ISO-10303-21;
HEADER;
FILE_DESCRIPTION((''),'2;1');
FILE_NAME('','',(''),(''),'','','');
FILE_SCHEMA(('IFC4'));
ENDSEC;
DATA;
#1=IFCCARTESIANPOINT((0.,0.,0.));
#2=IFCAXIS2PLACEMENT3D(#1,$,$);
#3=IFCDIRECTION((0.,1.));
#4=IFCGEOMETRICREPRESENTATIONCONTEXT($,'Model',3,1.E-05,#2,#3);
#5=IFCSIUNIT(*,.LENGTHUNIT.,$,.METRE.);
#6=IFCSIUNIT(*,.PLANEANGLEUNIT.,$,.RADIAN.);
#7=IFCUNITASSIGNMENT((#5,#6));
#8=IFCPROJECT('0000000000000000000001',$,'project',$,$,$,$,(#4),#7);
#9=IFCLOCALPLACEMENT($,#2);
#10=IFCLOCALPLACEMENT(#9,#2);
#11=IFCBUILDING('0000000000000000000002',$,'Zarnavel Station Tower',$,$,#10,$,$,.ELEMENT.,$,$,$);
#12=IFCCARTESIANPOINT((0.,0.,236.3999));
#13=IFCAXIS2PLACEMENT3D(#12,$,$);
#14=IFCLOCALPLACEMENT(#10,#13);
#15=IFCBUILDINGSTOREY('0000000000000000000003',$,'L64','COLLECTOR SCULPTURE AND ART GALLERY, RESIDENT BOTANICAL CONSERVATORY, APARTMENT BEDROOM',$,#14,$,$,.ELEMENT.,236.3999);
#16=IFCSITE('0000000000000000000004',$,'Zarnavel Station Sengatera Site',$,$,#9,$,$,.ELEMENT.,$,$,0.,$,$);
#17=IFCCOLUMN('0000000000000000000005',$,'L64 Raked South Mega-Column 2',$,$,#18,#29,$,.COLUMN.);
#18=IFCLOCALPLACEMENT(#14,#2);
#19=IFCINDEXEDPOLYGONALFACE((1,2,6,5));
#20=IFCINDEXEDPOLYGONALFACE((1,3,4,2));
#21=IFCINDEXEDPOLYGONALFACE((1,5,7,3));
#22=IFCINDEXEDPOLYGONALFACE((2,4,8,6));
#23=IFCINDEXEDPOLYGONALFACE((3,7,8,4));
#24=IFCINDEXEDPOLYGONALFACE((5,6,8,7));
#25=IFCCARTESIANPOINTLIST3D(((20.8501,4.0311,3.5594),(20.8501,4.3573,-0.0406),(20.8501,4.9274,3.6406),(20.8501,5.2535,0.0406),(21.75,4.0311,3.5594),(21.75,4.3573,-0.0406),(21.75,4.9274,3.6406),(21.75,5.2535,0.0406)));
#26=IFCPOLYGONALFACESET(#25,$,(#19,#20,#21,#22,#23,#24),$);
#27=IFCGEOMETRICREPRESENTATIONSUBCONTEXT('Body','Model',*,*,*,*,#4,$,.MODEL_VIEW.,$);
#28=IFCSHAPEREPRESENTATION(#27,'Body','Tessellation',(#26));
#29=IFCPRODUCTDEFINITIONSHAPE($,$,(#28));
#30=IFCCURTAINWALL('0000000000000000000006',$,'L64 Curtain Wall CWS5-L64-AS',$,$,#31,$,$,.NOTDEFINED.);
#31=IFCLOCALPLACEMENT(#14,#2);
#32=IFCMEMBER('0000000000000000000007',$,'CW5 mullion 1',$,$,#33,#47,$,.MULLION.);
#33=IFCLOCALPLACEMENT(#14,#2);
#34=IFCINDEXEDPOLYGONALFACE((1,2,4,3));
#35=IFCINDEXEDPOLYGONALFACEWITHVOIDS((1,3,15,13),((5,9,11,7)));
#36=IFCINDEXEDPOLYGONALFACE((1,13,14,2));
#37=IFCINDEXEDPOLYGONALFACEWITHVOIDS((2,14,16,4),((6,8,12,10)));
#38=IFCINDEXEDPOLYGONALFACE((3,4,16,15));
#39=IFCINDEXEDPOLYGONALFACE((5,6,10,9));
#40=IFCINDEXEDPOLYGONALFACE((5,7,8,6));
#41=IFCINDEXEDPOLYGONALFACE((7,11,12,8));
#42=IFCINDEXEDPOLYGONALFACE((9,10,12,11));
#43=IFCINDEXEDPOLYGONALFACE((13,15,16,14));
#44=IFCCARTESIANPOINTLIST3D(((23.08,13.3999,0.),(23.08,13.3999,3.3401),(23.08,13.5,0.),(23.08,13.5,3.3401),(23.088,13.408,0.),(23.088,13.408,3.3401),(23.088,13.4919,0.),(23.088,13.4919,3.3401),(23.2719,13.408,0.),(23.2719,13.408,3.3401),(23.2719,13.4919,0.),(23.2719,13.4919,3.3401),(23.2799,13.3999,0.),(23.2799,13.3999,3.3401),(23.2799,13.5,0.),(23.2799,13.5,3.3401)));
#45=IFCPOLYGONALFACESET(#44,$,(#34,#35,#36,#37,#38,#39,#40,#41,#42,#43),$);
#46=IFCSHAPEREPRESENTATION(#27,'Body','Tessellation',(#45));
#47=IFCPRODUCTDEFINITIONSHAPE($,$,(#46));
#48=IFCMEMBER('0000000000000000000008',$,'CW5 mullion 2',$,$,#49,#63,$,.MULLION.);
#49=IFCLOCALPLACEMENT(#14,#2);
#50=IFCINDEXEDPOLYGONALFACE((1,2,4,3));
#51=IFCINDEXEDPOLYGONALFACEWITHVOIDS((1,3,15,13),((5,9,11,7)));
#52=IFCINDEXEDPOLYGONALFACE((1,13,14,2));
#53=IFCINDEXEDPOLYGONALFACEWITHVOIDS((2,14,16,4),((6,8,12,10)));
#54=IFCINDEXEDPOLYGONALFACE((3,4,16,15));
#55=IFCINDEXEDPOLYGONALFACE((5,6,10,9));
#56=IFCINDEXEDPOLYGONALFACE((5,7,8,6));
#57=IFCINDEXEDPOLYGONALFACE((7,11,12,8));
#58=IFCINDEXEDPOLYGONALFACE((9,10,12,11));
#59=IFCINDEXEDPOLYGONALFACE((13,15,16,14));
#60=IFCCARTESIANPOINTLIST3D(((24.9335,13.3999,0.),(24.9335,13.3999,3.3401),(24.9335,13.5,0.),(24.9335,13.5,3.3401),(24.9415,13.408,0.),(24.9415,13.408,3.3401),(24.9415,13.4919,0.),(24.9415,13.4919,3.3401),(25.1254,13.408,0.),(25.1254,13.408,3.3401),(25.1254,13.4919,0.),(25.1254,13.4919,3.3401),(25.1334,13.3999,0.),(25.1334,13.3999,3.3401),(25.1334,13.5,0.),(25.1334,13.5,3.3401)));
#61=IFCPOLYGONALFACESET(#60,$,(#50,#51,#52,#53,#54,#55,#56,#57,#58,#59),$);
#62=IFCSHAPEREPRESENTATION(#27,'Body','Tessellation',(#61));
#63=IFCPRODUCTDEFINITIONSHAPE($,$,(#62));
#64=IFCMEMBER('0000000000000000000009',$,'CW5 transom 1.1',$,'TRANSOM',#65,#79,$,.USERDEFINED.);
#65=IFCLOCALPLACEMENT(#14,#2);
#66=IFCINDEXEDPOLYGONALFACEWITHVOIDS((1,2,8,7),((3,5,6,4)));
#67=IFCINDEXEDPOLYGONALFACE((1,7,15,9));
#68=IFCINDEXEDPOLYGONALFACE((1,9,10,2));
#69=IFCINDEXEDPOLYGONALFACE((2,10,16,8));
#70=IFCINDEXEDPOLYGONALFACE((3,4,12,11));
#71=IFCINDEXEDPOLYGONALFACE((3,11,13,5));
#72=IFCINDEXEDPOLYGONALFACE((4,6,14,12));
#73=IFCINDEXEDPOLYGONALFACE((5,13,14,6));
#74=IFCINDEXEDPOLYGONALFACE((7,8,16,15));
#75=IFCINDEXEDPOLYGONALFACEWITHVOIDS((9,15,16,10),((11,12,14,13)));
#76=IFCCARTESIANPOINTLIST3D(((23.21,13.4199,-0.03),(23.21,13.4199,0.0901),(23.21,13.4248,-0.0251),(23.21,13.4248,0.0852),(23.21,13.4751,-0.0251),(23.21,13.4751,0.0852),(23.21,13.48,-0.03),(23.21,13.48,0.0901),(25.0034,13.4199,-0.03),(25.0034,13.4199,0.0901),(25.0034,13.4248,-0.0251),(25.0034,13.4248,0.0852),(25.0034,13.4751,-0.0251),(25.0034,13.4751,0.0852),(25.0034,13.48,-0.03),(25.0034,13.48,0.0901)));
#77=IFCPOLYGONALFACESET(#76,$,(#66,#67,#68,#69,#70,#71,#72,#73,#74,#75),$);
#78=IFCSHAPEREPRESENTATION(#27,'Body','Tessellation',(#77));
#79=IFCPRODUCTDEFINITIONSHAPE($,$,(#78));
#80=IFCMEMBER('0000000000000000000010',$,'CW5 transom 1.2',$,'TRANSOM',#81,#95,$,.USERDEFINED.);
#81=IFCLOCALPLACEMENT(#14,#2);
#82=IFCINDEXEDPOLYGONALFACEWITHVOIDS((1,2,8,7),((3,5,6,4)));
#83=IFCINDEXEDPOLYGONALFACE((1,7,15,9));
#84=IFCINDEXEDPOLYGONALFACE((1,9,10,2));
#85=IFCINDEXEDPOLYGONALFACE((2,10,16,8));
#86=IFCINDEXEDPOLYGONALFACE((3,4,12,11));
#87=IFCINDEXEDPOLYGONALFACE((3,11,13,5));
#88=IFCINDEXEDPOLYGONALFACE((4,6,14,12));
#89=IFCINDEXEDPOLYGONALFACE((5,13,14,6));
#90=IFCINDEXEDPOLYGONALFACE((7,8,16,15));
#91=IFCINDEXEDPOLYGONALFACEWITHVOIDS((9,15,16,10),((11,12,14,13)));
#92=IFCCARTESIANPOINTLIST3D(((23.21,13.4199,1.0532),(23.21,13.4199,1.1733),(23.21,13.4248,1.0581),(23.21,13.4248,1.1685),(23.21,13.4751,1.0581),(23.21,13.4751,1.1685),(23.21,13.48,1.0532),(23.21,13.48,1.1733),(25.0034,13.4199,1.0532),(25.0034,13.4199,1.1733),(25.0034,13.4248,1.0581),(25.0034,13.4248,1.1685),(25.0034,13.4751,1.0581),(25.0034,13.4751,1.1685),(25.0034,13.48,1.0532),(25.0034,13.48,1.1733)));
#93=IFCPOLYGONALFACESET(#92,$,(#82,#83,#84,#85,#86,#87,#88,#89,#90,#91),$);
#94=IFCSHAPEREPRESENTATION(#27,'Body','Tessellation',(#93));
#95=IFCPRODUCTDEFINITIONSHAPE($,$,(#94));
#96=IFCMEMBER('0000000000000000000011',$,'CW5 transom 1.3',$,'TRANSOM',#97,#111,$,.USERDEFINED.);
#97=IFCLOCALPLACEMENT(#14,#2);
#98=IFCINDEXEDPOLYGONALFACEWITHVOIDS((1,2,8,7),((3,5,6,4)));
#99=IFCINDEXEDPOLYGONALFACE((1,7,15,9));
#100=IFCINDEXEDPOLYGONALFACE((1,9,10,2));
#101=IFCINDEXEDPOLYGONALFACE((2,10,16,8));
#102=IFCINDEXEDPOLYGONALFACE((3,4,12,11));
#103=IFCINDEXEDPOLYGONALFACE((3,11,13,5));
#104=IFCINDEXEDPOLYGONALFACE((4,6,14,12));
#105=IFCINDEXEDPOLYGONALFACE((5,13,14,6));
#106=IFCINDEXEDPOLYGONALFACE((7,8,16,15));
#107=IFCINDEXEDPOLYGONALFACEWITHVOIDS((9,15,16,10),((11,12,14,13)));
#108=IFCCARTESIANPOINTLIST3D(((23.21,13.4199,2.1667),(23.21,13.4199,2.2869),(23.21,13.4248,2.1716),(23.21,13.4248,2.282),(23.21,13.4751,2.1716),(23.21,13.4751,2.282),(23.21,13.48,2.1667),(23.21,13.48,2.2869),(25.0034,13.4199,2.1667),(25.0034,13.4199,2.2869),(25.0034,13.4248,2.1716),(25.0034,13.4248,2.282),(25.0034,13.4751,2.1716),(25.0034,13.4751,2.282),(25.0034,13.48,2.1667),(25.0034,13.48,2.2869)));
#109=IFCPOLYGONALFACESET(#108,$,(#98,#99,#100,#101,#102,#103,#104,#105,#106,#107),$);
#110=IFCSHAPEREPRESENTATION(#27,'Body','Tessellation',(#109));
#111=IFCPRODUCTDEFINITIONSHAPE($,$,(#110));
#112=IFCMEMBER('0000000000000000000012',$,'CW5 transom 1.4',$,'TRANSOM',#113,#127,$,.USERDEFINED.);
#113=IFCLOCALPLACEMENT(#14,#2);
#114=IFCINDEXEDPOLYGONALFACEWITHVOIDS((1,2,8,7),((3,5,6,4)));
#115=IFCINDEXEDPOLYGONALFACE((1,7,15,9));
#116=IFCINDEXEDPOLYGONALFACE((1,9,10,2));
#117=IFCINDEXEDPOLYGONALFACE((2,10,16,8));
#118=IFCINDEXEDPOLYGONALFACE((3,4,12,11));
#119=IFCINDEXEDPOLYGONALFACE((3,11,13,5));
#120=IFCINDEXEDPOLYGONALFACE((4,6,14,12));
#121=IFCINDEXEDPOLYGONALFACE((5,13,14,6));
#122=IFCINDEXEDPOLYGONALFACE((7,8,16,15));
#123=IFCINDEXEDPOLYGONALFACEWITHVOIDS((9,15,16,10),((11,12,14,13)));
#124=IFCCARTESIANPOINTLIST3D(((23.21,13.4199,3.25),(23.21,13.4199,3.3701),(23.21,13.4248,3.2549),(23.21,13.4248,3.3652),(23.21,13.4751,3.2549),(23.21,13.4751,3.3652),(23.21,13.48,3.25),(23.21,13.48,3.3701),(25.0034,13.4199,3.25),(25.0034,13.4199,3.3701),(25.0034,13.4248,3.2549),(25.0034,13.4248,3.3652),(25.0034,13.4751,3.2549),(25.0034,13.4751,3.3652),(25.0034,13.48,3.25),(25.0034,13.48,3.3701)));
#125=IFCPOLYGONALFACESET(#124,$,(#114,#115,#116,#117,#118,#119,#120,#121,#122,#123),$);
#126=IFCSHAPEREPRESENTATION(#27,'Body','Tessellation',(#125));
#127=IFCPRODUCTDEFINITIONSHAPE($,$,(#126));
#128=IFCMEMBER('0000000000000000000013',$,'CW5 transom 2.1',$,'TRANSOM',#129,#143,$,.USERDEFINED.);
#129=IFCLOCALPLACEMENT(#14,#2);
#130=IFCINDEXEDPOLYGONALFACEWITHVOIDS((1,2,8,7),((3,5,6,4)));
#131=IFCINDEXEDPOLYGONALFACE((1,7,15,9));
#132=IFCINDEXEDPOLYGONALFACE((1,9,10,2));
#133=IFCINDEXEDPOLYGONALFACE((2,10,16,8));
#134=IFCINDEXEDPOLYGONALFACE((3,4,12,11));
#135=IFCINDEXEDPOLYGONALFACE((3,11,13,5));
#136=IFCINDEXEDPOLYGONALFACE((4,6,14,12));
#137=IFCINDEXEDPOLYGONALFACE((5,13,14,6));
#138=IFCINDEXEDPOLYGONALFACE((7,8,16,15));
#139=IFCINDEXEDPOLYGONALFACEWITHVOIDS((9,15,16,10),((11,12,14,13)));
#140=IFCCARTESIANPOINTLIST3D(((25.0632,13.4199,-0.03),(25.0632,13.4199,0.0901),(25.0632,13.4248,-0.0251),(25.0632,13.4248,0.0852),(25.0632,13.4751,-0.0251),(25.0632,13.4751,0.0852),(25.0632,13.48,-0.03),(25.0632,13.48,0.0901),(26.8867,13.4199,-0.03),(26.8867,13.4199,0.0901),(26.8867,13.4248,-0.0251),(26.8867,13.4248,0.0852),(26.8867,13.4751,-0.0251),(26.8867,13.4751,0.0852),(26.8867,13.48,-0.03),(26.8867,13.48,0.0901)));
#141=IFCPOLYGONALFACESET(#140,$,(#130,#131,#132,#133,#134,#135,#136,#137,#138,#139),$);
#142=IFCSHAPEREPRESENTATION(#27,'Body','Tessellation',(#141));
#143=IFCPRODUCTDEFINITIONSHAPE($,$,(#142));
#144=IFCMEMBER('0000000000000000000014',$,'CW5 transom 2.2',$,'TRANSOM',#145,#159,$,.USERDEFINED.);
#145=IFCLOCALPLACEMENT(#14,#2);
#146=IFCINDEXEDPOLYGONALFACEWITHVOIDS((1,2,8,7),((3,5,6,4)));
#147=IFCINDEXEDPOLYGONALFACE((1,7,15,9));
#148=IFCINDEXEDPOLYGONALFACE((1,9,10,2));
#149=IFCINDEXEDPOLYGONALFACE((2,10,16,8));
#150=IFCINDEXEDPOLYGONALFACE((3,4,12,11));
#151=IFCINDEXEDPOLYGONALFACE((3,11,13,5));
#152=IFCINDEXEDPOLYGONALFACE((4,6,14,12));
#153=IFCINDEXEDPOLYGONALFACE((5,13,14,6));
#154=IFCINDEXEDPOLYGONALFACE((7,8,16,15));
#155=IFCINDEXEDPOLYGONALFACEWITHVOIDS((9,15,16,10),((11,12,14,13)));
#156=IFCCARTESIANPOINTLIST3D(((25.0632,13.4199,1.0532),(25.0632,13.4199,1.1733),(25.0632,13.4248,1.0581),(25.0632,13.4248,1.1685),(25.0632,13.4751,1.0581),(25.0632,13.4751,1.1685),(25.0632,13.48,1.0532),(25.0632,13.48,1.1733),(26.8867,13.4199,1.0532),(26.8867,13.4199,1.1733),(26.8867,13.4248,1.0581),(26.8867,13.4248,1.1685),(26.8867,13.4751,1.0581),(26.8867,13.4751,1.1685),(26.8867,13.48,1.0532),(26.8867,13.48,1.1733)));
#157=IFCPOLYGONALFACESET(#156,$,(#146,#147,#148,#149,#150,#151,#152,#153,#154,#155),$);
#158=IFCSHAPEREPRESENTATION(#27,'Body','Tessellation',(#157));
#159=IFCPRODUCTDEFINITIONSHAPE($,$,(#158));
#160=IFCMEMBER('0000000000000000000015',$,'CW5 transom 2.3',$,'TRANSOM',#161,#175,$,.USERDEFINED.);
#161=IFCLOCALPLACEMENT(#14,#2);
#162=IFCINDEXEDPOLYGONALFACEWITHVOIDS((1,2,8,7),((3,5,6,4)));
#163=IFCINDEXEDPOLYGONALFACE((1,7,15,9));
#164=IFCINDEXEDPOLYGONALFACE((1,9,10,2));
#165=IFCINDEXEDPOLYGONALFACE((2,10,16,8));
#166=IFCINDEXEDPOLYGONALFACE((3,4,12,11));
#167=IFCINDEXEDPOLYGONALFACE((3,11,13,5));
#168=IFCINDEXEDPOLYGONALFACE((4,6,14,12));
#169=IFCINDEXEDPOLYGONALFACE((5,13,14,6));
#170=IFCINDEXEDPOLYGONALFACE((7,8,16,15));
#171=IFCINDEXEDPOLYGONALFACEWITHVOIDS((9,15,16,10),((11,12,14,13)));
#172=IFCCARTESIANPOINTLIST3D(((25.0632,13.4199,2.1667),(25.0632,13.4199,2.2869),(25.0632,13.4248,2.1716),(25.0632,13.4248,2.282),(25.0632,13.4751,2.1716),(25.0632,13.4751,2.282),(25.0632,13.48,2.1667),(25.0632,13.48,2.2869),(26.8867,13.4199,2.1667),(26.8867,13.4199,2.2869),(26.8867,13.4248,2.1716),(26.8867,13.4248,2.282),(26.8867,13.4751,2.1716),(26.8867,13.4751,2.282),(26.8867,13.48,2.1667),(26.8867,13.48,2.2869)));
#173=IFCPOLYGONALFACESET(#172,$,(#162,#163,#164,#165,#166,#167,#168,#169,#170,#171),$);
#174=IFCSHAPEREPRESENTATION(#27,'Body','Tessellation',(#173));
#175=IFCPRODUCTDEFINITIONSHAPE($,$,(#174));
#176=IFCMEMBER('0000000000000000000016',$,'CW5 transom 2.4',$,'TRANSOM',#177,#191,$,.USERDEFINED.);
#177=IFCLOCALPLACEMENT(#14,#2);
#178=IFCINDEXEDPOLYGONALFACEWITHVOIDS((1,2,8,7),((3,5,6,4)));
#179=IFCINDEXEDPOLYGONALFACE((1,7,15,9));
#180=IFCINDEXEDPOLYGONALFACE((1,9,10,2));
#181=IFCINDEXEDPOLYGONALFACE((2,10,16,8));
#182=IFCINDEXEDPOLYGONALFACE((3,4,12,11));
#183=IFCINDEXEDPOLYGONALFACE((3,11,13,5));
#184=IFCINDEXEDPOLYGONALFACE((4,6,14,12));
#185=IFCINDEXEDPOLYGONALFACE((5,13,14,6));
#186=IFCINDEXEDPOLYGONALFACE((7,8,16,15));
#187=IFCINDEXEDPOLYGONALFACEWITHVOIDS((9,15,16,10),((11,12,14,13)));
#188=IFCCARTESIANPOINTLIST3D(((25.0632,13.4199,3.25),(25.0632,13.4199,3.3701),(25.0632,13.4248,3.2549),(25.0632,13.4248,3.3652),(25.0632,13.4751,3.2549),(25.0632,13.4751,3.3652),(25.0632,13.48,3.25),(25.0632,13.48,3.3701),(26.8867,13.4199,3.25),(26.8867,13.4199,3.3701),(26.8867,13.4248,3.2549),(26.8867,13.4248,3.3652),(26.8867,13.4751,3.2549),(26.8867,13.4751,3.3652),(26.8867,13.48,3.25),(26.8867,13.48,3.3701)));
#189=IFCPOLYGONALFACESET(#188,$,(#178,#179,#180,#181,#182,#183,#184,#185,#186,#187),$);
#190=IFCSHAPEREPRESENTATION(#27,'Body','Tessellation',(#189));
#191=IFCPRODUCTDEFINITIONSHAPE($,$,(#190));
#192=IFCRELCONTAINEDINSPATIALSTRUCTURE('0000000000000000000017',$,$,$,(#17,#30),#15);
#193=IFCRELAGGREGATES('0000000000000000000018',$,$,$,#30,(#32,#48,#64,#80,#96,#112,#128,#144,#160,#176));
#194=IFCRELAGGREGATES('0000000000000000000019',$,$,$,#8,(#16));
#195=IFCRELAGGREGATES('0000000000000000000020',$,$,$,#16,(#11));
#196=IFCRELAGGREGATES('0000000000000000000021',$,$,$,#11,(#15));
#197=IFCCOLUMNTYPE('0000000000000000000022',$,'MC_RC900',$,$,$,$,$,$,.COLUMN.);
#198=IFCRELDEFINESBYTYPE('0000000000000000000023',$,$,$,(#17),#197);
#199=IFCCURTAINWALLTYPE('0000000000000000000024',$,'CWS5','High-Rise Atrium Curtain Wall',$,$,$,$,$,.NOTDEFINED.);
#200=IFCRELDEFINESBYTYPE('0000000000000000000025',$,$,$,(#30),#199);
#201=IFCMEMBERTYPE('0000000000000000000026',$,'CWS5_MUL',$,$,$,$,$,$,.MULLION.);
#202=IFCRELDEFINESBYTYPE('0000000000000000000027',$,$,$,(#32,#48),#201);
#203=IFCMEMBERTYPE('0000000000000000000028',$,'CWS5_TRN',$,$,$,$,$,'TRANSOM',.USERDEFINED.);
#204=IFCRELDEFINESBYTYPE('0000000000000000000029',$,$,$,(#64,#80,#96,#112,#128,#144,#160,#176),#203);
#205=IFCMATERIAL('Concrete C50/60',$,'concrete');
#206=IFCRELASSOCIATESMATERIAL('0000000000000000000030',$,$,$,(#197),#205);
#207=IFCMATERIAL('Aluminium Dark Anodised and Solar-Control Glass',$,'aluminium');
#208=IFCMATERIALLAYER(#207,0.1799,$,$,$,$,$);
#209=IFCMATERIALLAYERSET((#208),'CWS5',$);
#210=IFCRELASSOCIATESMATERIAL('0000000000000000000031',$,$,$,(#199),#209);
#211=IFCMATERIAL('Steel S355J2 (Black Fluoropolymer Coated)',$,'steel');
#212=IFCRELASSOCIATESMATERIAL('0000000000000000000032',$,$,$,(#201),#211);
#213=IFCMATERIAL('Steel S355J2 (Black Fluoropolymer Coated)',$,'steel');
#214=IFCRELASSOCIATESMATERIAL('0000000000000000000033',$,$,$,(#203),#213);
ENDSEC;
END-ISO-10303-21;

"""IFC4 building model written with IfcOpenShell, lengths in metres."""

from ifc_helpers import new_model, si_unit, direction, frame, origin, origin_2d, place, context, subcontext, project, spatial, rectangle, hollow_rectangle, extrude, material, layer, layer_set, material_profile, profile_set, type_object, element, aggregate, save


model = new_model("IFC4")

# Units and contexts
model_context = context("Model", 3, precision=1e-05, world=origin(), true_north=direction((0.0, 1.0)))
body_context = subcontext(model_context, "Body", "Model", "MODEL_VIEW")
ifc_project = project(units=[si_unit("LENGTHUNIT", "METRE"), si_unit("PLANEANGLEUNIT", "RADIAN")], contexts=[model_context])

# Site, building, storey
site_placement = place(None, origin())
site = spatial("IfcSite", under=ifc_project, at=site_placement, Name="Zarnavel Station Sengatera Site", CompositionType="ELEMENT", RefElevation=0.0)
building_placement = place(site_placement, origin())
building = spatial("IfcBuilding", under=site, at=building_placement, Name="Zarnavel Station Tower", CompositionType="ELEMENT")
storey_placement = place(building_placement, frame((0.0, 0.0, 236.3999)))
storey = spatial("IfcBuildingStorey", under=building, at=storey_placement, Name="L64", Description="COLLECTOR SCULPTURE AND ART GALLERY, RESIDENT BOTANICAL CONSERVATORY, APARTMENT BEDROOM", CompositionType="ELEMENT", Elevation=236.3999)

# Column
ifc_material_1 = material(Name="Concrete C50/60", Category="concrete")
ifc_material_profile_1 = material_profile(ifc_material_1, rectangle(XDim=0.8999, YDim=0.8999, at=origin_2d()), Name="RC900x900")
ifc_profile_set_1 = profile_set([ifc_material_profile_1], Name="Concrete C50/60")
column_type = type_object("IfcColumnType", Name="MC_RC900", PredefinedType="COLUMN", material=ifc_profile_set_1)
column_placement = place(storey_placement, frame((21.3, 4.8054, 0.0), z_axis=(0.0, -0.090231, 0.995921), x_axis=(1.0, 0.0, 0.0)))
element("IfcColumn", 1, at=column_placement, inside=storey, type_object=column_type, Name="L64 Raked South Mega-Column 2", PredefinedType="COLUMN", context=body_context, shape_type="SweptSolid", body=[
    extrude(rectangle(XDim=0.8999, YDim=0.8999, at=origin_2d()), origin(), (0.0, 0.0, 1.0), 3.6147),
])

# Curtain wall, members
ifc_material_2 = material(Name="Aluminium Dark Anodised and Solar-Control Glass", Category="aluminium")
ifc_layer_1 = layer(ifc_material_2, 0.1799)
ifc_layer_set_1 = layer_set([ifc_layer_1], Name="CWS5")
curtain_wall_type_1 = type_object("IfcCurtainWallType", Name="CWS5", Description="High-Rise Atrium Curtain Wall", PredefinedType="NOTDEFINED", material=ifc_layer_set_1)
curtain_wall_1_placement = place(storey_placement, origin())
curtain_wall_1 = element("IfcCurtainWall", 2, at=curtain_wall_1_placement, inside=storey, type_object=curtain_wall_type_1, Name="L64 Curtain Wall CWS5-L64-AS", PredefinedType="NOTDEFINED")
ifc_material_3 = material(Name="Steel S355J2 (Black Fluoropolymer Coated)", Category="steel")
ifc_material_profile_2 = material_profile(ifc_material_3, hollow_rectangle(XDim=0.1001, YDim=0.2, WallThickness=0.0081, at=origin_2d()), Name="RHS200x100x8")
ifc_profile_set_2 = profile_set([ifc_material_profile_2], Name="Steel S355J2 (Black Fluoropolymer Coated)")
member_type_1 = type_object("IfcMemberType", Name="CWS5_MUL", PredefinedType="MULLION", material=ifc_profile_set_2)
member_1_placement = place(storey_placement, frame((23.1799, 13.45, 0.0), z_axis=(0.0, 0.0, 1.0), x_axis=(0.0, 1.0, 0.0)))
member_1 = element("IfcMember", 3, at=member_1_placement, type_object=member_type_1, Name="CW5 mullion 1", PredefinedType="MULLION", context=body_context, shape_type="SweptSolid", body=[
    extrude(hollow_rectangle(XDim=0.1001, YDim=0.2, WallThickness=0.0081, at=origin_2d()), origin(), (0.0, 0.0, 1.0), 3.3401),
])
member_2_placement = place(storey_placement, frame((25.0334, 13.45, 0.0), z_axis=(0.0, 0.0, 1.0), x_axis=(0.0, 1.0, 0.0)))
member_2 = element("IfcMember", 4, at=member_2_placement, type_object=member_type_1, Name="CW5 mullion 2", PredefinedType="MULLION", context=body_context, shape_type="SweptSolid", body=[
    extrude(hollow_rectangle(XDim=0.1001, YDim=0.2, WallThickness=0.0081, at=origin_2d()), origin(), (0.0, 0.0, 1.0), 3.3401),
])
ifc_material_4 = material(Name="Steel S355J2 (Black Fluoropolymer Coated)", Category="steel")
ifc_material_profile_3 = material_profile(ifc_material_4, hollow_rectangle(XDim=0.0601, YDim=0.1201, WallThickness=0.0049, at=origin_2d()), Name="RHS120x60x5")
ifc_profile_set_3 = profile_set([ifc_material_profile_3], Name="Steel S355J2 (Black Fluoropolymer Coated)")
member_type_2 = type_object("IfcMemberType", Name="CWS5_TRN", ElementType="TRANSOM", PredefinedType="USERDEFINED", material=ifc_profile_set_3)
member_3_placement = place(storey_placement, frame((23.21, 13.45, 0.03), z_axis=(1.0, 0.0, 0.0), x_axis=(0.0, 1.0, 0.0)))
member_3 = element("IfcMember", 5, at=member_3_placement, type_object=member_type_2, Name="CW5 transom 1.1", ObjectType="TRANSOM", PredefinedType="USERDEFINED", context=body_context, shape_type="SweptSolid", body=[
    extrude(hollow_rectangle(XDim=0.0601, YDim=0.1201, WallThickness=0.0049, at=origin_2d()), origin(), (0.0, 0.0, 1.0), 1.7935),
])
member_4_placement = place(storey_placement, frame((23.21, 13.45, 1.1133), z_axis=(1.0, 0.0, 0.0), x_axis=(0.0, 1.0, 0.0)))
member_4 = element("IfcMember", 6, at=member_4_placement, type_object=member_type_2, Name="CW5 transom 1.2", ObjectType="TRANSOM", PredefinedType="USERDEFINED", context=body_context, shape_type="SweptSolid", body=[
    extrude(hollow_rectangle(XDim=0.0601, YDim=0.1201, WallThickness=0.0049, at=origin_2d()), origin(), (0.0, 0.0, 1.0), 1.7935),
])
member_5_placement = place(storey_placement, frame((23.21, 13.45, 2.2268), z_axis=(1.0, 0.0, 0.0), x_axis=(0.0, 1.0, 0.0)))
member_5 = element("IfcMember", 7, at=member_5_placement, type_object=member_type_2, Name="CW5 transom 1.3", ObjectType="TRANSOM", PredefinedType="USERDEFINED", context=body_context, shape_type="SweptSolid", body=[
    extrude(hollow_rectangle(XDim=0.0601, YDim=0.1201, WallThickness=0.0049, at=origin_2d()), origin(), (0.0, 0.0, 1.0), 1.7935),
])
member_6_placement = place(storey_placement, frame((23.21, 13.45, 3.3101), z_axis=(1.0, 0.0, 0.0), x_axis=(0.0, 1.0, 0.0)))
member_6 = element("IfcMember", 8, at=member_6_placement, type_object=member_type_2, Name="CW5 transom 1.4", ObjectType="TRANSOM", PredefinedType="USERDEFINED", context=body_context, shape_type="SweptSolid", body=[
    extrude(hollow_rectangle(XDim=0.0601, YDim=0.1201, WallThickness=0.0049, at=origin_2d()), origin(), (0.0, 0.0, 1.0), 1.7935),
])
member_7_placement = place(storey_placement, frame((25.0632, 13.45, 0.03), z_axis=(1.0, 0.0, 0.0), x_axis=(0.0, 1.0, 0.0)))
member_7 = element("IfcMember", 9, at=member_7_placement, type_object=member_type_2, Name="CW5 transom 2.1", ObjectType="TRANSOM", PredefinedType="USERDEFINED", context=body_context, shape_type="SweptSolid", body=[
    extrude(hollow_rectangle(XDim=0.0601, YDim=0.1201, WallThickness=0.0049, at=origin_2d()), origin(), (0.0, 0.0, 1.0), 1.8235),
])
member_8_placement = place(storey_placement, frame((25.0632, 13.45, 1.1133), z_axis=(1.0, 0.0, 0.0), x_axis=(0.0, 1.0, 0.0)))
member_8 = element("IfcMember", 10, at=member_8_placement, type_object=member_type_2, Name="CW5 transom 2.2", ObjectType="TRANSOM", PredefinedType="USERDEFINED", context=body_context, shape_type="SweptSolid", body=[
    extrude(hollow_rectangle(XDim=0.0601, YDim=0.1201, WallThickness=0.0049, at=origin_2d()), origin(), (0.0, 0.0, 1.0), 1.8235),
])
member_9_placement = place(storey_placement, frame((25.0632, 13.45, 2.2268), z_axis=(1.0, 0.0, 0.0), x_axis=(0.0, 1.0, 0.0)))
member_9 = element("IfcMember", 11, at=member_9_placement, type_object=member_type_2, Name="CW5 transom 2.3", ObjectType="TRANSOM", PredefinedType="USERDEFINED", context=body_context, shape_type="SweptSolid", body=[
    extrude(hollow_rectangle(XDim=0.0601, YDim=0.1201, WallThickness=0.0049, at=origin_2d()), origin(), (0.0, 0.0, 1.0), 1.8235),
])
member_10_placement = place(storey_placement, frame((25.0632, 13.45, 3.3101), z_axis=(1.0, 0.0, 0.0), x_axis=(0.0, 1.0, 0.0)))
member_10 = element("IfcMember", 12, at=member_10_placement, type_object=member_type_2, Name="CW5 transom 2.4", ObjectType="TRANSOM", PredefinedType="USERDEFINED", context=body_context, shape_type="SweptSolid", body=[
    extrude(hollow_rectangle(XDim=0.0601, YDim=0.1201, WallThickness=0.0049, at=origin_2d()), origin(), (0.0, 0.0, 1.0), 1.8235),
])

aggregate(curtain_wall_1, [member_1, member_2, member_3, member_4, member_5, member_6, member_7, member_8, member_9, member_10])

save(model, "model.ifc")
